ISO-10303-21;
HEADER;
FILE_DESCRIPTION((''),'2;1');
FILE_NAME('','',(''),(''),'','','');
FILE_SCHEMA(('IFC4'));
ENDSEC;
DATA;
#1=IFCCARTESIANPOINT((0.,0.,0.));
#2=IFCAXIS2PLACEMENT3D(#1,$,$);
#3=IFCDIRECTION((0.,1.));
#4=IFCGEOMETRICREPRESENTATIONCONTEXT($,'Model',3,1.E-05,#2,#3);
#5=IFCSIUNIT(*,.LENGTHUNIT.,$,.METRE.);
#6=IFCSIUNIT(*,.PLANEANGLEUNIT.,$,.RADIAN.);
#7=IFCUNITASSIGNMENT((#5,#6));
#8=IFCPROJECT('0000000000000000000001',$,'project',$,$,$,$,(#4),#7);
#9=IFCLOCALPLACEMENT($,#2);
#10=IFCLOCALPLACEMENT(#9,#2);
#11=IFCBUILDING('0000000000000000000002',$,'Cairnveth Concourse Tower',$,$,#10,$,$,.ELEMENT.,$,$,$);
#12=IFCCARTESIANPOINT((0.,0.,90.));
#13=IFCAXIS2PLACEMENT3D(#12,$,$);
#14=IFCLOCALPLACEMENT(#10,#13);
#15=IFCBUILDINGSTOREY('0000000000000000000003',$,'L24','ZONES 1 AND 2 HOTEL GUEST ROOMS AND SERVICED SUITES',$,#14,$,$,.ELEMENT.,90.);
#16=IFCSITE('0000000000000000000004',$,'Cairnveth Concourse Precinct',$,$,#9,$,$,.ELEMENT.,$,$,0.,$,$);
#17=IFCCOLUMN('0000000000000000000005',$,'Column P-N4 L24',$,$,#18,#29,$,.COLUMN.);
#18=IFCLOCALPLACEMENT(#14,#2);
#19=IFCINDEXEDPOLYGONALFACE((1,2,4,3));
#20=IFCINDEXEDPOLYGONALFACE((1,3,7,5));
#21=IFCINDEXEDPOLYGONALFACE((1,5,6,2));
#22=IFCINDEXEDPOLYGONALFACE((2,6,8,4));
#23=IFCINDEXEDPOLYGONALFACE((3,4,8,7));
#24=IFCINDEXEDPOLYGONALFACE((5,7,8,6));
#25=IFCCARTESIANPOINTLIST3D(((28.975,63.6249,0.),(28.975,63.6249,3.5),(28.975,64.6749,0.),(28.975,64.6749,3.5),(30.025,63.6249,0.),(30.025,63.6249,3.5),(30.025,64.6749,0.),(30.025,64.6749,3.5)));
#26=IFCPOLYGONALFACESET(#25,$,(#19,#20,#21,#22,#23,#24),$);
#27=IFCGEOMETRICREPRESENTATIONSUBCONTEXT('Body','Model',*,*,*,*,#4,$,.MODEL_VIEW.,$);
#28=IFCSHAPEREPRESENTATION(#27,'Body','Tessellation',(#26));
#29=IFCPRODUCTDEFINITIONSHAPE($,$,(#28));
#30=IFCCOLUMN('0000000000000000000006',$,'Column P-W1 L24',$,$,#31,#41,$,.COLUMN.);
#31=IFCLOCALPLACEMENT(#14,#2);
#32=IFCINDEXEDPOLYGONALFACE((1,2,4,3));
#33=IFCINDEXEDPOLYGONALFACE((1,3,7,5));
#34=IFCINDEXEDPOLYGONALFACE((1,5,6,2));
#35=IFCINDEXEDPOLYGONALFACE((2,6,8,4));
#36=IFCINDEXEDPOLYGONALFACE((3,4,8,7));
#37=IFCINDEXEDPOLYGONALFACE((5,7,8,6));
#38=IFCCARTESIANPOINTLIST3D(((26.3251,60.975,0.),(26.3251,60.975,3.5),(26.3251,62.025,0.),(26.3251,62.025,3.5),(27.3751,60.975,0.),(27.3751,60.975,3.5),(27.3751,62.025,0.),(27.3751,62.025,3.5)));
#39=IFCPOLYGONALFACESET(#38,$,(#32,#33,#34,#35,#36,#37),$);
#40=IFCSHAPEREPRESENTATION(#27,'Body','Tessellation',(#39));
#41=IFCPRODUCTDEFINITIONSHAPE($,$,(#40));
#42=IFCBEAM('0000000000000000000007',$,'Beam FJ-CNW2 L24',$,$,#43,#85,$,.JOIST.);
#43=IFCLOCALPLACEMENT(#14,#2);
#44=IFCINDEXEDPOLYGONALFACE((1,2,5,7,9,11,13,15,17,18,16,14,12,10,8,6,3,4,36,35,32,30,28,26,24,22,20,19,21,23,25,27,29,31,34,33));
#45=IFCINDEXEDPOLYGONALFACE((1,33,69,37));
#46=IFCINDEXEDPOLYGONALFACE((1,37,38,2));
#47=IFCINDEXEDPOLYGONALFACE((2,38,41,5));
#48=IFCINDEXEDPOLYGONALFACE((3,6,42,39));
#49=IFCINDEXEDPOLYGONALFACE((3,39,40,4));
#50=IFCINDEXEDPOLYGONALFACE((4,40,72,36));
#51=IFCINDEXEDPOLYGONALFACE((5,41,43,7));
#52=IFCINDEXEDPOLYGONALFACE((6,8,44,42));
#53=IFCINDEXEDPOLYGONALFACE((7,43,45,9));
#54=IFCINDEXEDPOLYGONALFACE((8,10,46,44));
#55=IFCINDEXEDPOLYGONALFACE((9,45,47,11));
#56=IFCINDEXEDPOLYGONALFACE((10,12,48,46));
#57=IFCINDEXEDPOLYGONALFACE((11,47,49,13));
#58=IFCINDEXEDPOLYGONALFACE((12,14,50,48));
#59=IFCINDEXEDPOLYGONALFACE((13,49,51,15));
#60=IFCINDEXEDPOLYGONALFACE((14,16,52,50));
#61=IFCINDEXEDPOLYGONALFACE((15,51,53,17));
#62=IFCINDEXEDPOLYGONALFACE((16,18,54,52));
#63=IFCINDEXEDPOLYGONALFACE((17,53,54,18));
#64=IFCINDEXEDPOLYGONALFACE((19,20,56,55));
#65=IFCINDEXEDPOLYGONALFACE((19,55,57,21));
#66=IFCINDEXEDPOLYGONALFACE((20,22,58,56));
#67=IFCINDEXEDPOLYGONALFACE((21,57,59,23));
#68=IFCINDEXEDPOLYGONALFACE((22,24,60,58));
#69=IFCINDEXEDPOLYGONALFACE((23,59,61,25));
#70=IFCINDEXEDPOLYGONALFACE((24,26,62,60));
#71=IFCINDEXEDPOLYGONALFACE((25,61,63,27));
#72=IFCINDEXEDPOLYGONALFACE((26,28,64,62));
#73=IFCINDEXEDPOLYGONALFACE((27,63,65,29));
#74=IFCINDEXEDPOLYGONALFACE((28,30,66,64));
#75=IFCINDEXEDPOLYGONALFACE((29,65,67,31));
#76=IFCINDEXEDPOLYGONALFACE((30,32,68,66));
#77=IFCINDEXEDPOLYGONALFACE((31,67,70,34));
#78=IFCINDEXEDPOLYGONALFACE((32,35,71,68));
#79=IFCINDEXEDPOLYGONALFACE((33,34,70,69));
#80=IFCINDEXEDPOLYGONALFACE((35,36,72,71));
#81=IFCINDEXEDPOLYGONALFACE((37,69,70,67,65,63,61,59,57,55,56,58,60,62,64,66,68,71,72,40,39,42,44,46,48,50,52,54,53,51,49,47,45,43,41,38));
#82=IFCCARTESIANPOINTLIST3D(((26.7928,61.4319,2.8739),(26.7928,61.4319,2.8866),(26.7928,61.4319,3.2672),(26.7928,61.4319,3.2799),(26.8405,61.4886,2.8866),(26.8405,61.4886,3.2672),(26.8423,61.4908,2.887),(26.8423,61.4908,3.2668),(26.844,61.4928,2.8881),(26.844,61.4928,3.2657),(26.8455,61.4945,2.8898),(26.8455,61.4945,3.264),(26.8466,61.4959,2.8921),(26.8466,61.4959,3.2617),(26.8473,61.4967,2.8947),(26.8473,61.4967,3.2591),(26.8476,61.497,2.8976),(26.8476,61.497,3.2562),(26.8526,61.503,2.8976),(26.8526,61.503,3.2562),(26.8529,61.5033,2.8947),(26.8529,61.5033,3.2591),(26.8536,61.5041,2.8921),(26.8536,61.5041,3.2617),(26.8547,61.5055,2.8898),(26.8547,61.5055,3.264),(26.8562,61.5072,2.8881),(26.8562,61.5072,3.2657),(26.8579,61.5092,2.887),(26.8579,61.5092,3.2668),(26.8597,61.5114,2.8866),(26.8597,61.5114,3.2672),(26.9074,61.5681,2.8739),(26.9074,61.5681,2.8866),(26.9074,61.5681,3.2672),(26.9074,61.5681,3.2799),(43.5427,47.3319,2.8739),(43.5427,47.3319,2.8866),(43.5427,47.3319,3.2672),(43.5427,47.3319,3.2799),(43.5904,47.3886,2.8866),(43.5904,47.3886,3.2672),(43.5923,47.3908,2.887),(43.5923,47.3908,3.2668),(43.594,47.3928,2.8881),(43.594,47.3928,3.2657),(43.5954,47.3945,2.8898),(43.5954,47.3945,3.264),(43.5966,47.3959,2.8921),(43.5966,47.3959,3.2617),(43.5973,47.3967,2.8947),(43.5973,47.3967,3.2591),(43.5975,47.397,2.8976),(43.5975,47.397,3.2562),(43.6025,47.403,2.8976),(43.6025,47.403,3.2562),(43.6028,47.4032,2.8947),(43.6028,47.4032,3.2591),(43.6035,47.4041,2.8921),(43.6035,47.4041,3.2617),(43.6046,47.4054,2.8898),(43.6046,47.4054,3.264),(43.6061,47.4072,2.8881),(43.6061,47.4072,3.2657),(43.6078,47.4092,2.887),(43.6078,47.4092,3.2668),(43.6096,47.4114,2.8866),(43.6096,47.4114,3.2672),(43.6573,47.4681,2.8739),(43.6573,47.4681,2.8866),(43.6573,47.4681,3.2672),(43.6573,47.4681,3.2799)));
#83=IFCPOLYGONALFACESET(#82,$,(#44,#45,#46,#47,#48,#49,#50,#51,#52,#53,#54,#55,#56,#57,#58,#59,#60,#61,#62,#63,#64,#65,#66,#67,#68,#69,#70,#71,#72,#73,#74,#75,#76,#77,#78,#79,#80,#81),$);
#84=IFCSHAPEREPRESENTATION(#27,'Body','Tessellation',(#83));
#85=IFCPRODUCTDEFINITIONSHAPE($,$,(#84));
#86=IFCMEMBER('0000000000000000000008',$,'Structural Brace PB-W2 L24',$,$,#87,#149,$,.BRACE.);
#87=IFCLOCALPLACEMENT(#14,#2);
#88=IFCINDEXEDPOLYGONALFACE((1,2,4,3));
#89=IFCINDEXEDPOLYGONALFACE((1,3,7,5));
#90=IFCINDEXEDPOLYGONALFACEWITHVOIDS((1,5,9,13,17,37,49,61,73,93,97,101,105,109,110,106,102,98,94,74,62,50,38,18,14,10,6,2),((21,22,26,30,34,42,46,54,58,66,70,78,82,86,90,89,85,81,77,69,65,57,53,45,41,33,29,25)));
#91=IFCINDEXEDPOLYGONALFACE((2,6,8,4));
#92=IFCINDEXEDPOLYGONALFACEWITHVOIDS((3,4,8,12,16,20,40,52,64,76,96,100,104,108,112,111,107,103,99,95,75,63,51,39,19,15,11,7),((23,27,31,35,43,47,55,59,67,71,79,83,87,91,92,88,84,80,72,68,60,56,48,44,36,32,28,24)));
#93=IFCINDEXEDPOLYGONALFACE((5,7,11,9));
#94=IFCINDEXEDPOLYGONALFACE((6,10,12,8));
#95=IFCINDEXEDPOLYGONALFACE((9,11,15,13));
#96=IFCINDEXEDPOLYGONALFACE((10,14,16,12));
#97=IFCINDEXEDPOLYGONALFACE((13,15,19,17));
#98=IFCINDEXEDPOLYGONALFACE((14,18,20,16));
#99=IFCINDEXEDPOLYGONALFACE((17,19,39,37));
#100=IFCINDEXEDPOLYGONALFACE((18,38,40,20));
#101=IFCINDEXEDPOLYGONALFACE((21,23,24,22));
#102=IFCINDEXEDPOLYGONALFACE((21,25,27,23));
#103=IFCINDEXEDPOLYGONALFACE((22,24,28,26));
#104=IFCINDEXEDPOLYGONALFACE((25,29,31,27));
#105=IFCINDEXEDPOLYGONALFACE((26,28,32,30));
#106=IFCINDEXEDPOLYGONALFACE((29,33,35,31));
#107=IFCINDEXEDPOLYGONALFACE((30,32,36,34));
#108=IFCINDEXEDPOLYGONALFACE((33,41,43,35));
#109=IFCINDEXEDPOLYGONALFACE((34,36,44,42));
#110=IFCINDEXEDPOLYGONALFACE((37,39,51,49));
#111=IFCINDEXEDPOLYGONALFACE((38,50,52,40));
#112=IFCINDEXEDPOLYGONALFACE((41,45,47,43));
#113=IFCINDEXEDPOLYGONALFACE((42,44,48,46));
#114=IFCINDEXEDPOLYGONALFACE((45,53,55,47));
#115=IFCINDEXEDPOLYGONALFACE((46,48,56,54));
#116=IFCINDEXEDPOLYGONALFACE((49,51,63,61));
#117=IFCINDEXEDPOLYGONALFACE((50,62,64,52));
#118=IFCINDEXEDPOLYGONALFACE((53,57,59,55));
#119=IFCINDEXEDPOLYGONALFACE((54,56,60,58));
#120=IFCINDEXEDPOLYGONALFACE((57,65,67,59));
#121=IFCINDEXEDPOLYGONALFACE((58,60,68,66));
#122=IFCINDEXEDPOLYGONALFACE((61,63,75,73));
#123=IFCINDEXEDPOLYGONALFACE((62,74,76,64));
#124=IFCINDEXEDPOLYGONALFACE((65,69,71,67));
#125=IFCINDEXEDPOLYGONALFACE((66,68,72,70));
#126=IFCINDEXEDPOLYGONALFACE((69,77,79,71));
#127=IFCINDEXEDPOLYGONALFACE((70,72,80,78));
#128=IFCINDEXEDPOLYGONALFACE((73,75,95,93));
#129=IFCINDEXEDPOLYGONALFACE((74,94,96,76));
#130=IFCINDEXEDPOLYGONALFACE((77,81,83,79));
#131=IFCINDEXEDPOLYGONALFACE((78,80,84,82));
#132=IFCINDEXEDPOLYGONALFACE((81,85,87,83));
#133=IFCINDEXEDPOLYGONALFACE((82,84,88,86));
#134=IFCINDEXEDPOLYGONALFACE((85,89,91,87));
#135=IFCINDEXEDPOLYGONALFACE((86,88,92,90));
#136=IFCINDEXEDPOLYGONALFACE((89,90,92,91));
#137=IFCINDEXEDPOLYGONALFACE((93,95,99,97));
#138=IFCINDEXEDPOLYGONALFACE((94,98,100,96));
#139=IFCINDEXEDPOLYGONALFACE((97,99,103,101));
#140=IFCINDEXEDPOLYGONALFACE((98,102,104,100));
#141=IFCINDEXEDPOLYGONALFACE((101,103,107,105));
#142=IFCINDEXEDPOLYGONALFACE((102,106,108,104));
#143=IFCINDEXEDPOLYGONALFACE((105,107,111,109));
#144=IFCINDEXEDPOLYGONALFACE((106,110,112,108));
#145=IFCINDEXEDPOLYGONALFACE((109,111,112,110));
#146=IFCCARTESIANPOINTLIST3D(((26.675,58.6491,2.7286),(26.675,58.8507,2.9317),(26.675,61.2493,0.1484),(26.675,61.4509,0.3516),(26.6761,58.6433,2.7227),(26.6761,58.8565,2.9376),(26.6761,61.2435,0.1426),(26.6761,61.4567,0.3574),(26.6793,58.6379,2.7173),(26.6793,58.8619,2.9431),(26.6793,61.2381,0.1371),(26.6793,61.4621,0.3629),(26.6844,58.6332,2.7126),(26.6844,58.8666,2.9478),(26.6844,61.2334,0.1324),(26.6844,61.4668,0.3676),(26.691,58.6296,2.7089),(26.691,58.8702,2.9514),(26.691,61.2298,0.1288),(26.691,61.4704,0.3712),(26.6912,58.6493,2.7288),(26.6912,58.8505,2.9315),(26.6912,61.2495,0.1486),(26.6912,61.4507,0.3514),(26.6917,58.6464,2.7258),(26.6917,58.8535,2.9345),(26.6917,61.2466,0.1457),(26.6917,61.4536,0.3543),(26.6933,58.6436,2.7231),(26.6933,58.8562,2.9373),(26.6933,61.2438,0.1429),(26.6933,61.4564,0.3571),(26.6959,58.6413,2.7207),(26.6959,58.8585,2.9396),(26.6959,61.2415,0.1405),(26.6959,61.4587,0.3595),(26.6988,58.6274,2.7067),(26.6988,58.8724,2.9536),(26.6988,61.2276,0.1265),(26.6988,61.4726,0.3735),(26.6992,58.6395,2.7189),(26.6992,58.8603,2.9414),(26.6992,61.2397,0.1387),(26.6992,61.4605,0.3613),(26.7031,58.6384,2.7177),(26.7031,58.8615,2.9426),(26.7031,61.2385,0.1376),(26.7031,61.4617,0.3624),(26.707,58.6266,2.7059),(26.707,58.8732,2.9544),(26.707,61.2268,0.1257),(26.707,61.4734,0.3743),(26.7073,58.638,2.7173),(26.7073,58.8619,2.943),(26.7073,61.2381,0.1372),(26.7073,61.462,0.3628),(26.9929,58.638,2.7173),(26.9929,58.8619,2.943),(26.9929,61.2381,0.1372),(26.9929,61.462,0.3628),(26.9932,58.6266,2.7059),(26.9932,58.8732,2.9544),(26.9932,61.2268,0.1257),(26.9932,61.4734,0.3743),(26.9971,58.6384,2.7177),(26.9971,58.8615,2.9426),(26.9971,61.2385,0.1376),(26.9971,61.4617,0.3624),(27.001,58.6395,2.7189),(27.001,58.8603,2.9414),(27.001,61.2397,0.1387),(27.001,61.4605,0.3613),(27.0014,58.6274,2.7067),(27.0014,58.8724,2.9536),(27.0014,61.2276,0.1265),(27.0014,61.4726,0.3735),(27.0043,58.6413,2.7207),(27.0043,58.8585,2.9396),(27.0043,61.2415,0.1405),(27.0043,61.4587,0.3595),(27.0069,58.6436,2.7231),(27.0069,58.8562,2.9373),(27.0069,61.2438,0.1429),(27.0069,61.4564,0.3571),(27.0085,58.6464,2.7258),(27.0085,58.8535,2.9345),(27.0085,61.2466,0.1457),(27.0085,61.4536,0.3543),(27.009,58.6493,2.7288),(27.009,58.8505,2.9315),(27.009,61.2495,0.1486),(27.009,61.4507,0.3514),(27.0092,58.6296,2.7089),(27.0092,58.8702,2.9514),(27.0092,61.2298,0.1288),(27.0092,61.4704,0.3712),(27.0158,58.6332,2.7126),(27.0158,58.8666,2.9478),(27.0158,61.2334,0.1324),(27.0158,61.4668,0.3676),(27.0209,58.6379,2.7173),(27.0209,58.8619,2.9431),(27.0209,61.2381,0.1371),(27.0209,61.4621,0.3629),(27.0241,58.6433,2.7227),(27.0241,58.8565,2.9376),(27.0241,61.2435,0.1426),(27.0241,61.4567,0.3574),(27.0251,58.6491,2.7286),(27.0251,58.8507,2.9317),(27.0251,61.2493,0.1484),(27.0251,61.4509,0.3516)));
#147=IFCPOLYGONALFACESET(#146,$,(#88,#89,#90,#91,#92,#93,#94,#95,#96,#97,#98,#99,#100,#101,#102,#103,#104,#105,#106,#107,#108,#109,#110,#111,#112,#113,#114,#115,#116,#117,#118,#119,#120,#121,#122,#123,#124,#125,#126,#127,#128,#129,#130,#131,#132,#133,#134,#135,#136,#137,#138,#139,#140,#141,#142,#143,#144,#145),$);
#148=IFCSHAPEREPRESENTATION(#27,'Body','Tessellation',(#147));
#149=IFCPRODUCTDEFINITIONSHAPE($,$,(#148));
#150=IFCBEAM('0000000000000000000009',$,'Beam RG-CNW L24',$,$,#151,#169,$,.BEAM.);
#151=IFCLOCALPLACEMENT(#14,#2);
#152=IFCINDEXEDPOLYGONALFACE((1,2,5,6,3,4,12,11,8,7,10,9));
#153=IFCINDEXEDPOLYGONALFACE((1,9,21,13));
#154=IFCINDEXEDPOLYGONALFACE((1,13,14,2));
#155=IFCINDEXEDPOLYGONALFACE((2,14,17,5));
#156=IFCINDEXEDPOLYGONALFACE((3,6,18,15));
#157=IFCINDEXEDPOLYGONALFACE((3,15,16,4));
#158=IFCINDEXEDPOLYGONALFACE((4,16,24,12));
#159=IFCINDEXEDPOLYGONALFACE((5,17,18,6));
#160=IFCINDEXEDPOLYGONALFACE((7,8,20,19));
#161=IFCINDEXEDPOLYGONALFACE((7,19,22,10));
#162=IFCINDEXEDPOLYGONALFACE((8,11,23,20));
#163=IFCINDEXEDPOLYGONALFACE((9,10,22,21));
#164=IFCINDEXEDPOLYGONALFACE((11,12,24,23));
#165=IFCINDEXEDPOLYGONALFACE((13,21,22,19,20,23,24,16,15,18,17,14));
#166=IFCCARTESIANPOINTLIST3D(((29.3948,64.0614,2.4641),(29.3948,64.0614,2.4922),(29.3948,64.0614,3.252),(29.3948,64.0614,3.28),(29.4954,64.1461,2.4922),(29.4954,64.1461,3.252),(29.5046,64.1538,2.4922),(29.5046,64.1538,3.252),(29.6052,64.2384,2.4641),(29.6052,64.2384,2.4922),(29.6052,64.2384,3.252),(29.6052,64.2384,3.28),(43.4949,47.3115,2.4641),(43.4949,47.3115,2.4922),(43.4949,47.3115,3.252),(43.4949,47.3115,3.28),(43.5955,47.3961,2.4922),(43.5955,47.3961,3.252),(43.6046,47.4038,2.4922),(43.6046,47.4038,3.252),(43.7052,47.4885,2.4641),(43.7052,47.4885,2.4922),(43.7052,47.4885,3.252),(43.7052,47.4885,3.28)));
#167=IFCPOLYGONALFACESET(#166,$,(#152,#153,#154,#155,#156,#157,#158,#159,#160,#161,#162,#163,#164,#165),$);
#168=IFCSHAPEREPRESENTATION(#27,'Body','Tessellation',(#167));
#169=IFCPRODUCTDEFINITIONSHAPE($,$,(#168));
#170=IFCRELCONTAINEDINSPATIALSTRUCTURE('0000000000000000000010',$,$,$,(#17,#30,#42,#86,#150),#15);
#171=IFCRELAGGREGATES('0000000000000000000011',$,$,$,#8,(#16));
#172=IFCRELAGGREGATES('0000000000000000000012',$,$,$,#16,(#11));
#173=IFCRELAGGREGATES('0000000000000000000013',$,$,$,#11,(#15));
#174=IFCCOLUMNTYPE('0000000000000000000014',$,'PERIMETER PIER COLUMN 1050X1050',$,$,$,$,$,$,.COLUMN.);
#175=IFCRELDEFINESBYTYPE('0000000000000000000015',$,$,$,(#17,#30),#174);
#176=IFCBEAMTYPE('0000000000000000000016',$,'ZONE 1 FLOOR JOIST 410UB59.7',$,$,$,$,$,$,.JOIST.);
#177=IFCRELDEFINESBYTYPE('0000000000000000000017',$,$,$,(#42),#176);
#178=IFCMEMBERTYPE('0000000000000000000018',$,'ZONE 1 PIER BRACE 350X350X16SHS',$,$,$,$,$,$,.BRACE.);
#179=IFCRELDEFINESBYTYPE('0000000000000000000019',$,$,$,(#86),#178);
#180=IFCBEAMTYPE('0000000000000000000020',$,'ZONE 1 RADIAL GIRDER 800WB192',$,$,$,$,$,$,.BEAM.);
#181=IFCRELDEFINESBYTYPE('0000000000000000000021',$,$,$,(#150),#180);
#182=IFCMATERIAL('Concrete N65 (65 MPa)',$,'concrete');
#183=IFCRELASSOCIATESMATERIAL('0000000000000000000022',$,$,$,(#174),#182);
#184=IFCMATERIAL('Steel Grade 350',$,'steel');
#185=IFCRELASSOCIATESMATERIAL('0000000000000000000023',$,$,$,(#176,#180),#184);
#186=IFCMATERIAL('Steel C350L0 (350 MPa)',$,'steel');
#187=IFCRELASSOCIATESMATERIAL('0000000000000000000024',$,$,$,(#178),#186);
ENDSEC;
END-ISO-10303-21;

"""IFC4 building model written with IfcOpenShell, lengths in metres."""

from ifc_helpers import new_model, si_unit, direction, frame, origin, origin_2d, place, context, subcontext, project, spatial, rectangle, hollow_rectangle, i_section, extrude, material, material_profile, profile_set, type_object, element, save


model = new_model("IFC4")

# Units and contexts
model_context = context("Model", 3, precision=1e-05, world=origin(), true_north=direction((0.0, 1.0)))
body_context = subcontext(model_context, "Body", "Model", "MODEL_VIEW")
ifc_project = project(units=[si_unit("LENGTHUNIT", "METRE"), si_unit("PLANEANGLEUNIT", "RADIAN")], contexts=[model_context])

# Site, building, storey
site_placement = place(None, origin())
site = spatial("IfcSite", under=ifc_project, at=site_placement, Name="Cairnveth Concourse Precinct", CompositionType="ELEMENT", RefElevation=0.0)
building_placement = place(site_placement, origin())
building = spatial("IfcBuilding", under=site, at=building_placement, Name="Cairnveth Concourse Tower", CompositionType="ELEMENT")
storey_placement = place(building_placement, frame((0.0, 0.0, 90.0)))
storey = spatial("IfcBuildingStorey", under=building, at=storey_placement, Name="L24", Description="ZONES 1 AND 2 HOTEL GUEST ROOMS AND SERVICED SUITES", CompositionType="ELEMENT", Elevation=90.0)

# Columns
ifc_material_1 = material(Name="Concrete N65 (65 MPa)", Category="concrete")
ifc_material_profile_1 = material_profile(ifc_material_1, rectangle(XDim=1.05, YDim=1.05, at=origin_2d()), Name="RC-COL-1050x1050")
ifc_profile_set_1 = profile_set([ifc_material_profile_1], Name="Concrete N65 (65 MPa)")
column_type = type_object("IfcColumnType", Name="PERIMETER PIER COLUMN 1050X1050", PredefinedType="COLUMN", material=ifc_profile_set_1)
for number, where, z_axis, x_axis, name in (
    (1, (29.5, 64.1499, 0.0), (0.0, 0.0, 1.0), (1.0, 0.0, 0.0), "Column P-N4 L24"),
    (2, (26.8501, 61.5, 0.0), (0.0, 0.0, 1.0), (0.0, 1.0, 0.0), "Column P-W1 L24"),
):
    element("IfcColumn", number, at=place(storey_placement, frame(where, z_axis=z_axis, x_axis=x_axis)), inside=storey, type_object=column_type, Name=name, PredefinedType="COLUMN", context=body_context, shape_type="SweptSolid", body=[
        extrude(rectangle(XDim=1.05, YDim=1.05, at=origin_2d()), origin(), (0.0, 0.0, 1.0), 3.5),
    ])

# Beam
ifc_material_2 = material(Name="Steel Grade 350", Category="steel")
ifc_material_profile_2 = material_profile(ifc_material_2, i_section(OverallWidth=0.178, OverallDepth=0.406, WebThickness=0.0078, FlangeThickness=0.0127, FilletRadius=0.011, at=origin_2d()), Name="410UB59.7")
ifc_profile_set_2 = profile_set([ifc_material_profile_2], Name="Steel Grade 350")
beam_type_1 = type_object("IfcBeamType", Name="ZONE 1 FLOOR JOIST 410UB59.7", PredefinedType="JOIST", material=ifc_profile_set_2)
beam_1_placement = place(storey_placement, frame((26.8501, 61.5, 3.0769), z_axis=(0.765027, -0.643998, 0.0), x_axis=(0.643998, 0.765027, 0.0)))
element("IfcBeam", 3, at=beam_1_placement, inside=storey, type_object=beam_type_1, Name="Beam FJ-CNW2 L24", PredefinedType="JOIST", context=body_context, shape_type="SweptSolid", body=[
    extrude(i_section(OverallWidth=0.178, OverallDepth=0.406, WebThickness=0.0078, FlangeThickness=0.0127, FilletRadius=0.011, at=origin_2d()), origin(), (0.0, 0.0, 1.0), 21.8945),
])

# Member
ifc_material_3 = material(Name="Steel C350L0 (350 MPa)", Category="steel")
ifc_material_profile_3 = material_profile(ifc_material_3, hollow_rectangle(XDim=0.3501, YDim=0.3501, WallThickness=0.0161, InnerFilletRadius=0.0161, OuterFilletRadius=0.032, at=origin_2d()), Name="350x350x16.0SHS")
ifc_profile_set_3 = profile_set([ifc_material_profile_3], Name="Steel C350L0 (350 MPa)")
member_type = type_object("IfcMemberType", Name="ZONE 1 PIER BRACE 350X350X16SHS", PredefinedType="BRACE", material=ifc_profile_set_3)
member_placement = place(storey_placement, frame((26.8501, 61.3501, 0.25), z_axis=(0.0, -0.709834, 0.704369), x_axis=(1.0, 0.0, 0.0)))
element("IfcMember", 4, at=member_placement, inside=storey, type_object=member_type, Name="Structural Brace PB-W2 L24", PredefinedType="BRACE", context=body_context, shape_type="SweptSolid", body=[
    extrude(hollow_rectangle(XDim=0.3501, YDim=0.3501, WallThickness=0.0161, InnerFilletRadius=0.0161, OuterFilletRadius=0.032, at=origin_2d()), origin(), (0.0, 0.0, 1.0), 3.6631),
])

# Beam
ifc_material_profile_4 = material_profile(ifc_material_2, i_section(OverallWidth=0.2749, OverallDepth=0.8159, WebThickness=0.012, FlangeThickness=0.0281, at=origin_2d()), Name="800WB192")
ifc_profile_set_4 = profile_set([ifc_material_profile_4], Name="Steel Grade 350")
beam_type_2 = type_object("IfcBeamType", Name="ZONE 1 RADIAL GIRDER 800WB192", PredefinedType="BEAM", material=ifc_profile_set_4)
beam_2_placement = place(storey_placement, frame((29.5, 64.1499, 2.8721), z_axis=(0.643998, -0.765027, 0.0), x_axis=(0.765027, 0.643998, 0.0)))
element("IfcBeam", 5, at=beam_2_placement, inside=storey, type_object=beam_type_2, Name="Beam RG-CNW L24", PredefinedType="BEAM", context=body_context, shape_type="SweptSolid", body=[
    extrude(i_section(OverallWidth=0.2749, OverallDepth=0.8159, WebThickness=0.012, FlangeThickness=0.0281, at=origin_2d()), origin(), (0.0, 0.0, 1.0), 21.8945),
])

save(model, "model.ifc")
